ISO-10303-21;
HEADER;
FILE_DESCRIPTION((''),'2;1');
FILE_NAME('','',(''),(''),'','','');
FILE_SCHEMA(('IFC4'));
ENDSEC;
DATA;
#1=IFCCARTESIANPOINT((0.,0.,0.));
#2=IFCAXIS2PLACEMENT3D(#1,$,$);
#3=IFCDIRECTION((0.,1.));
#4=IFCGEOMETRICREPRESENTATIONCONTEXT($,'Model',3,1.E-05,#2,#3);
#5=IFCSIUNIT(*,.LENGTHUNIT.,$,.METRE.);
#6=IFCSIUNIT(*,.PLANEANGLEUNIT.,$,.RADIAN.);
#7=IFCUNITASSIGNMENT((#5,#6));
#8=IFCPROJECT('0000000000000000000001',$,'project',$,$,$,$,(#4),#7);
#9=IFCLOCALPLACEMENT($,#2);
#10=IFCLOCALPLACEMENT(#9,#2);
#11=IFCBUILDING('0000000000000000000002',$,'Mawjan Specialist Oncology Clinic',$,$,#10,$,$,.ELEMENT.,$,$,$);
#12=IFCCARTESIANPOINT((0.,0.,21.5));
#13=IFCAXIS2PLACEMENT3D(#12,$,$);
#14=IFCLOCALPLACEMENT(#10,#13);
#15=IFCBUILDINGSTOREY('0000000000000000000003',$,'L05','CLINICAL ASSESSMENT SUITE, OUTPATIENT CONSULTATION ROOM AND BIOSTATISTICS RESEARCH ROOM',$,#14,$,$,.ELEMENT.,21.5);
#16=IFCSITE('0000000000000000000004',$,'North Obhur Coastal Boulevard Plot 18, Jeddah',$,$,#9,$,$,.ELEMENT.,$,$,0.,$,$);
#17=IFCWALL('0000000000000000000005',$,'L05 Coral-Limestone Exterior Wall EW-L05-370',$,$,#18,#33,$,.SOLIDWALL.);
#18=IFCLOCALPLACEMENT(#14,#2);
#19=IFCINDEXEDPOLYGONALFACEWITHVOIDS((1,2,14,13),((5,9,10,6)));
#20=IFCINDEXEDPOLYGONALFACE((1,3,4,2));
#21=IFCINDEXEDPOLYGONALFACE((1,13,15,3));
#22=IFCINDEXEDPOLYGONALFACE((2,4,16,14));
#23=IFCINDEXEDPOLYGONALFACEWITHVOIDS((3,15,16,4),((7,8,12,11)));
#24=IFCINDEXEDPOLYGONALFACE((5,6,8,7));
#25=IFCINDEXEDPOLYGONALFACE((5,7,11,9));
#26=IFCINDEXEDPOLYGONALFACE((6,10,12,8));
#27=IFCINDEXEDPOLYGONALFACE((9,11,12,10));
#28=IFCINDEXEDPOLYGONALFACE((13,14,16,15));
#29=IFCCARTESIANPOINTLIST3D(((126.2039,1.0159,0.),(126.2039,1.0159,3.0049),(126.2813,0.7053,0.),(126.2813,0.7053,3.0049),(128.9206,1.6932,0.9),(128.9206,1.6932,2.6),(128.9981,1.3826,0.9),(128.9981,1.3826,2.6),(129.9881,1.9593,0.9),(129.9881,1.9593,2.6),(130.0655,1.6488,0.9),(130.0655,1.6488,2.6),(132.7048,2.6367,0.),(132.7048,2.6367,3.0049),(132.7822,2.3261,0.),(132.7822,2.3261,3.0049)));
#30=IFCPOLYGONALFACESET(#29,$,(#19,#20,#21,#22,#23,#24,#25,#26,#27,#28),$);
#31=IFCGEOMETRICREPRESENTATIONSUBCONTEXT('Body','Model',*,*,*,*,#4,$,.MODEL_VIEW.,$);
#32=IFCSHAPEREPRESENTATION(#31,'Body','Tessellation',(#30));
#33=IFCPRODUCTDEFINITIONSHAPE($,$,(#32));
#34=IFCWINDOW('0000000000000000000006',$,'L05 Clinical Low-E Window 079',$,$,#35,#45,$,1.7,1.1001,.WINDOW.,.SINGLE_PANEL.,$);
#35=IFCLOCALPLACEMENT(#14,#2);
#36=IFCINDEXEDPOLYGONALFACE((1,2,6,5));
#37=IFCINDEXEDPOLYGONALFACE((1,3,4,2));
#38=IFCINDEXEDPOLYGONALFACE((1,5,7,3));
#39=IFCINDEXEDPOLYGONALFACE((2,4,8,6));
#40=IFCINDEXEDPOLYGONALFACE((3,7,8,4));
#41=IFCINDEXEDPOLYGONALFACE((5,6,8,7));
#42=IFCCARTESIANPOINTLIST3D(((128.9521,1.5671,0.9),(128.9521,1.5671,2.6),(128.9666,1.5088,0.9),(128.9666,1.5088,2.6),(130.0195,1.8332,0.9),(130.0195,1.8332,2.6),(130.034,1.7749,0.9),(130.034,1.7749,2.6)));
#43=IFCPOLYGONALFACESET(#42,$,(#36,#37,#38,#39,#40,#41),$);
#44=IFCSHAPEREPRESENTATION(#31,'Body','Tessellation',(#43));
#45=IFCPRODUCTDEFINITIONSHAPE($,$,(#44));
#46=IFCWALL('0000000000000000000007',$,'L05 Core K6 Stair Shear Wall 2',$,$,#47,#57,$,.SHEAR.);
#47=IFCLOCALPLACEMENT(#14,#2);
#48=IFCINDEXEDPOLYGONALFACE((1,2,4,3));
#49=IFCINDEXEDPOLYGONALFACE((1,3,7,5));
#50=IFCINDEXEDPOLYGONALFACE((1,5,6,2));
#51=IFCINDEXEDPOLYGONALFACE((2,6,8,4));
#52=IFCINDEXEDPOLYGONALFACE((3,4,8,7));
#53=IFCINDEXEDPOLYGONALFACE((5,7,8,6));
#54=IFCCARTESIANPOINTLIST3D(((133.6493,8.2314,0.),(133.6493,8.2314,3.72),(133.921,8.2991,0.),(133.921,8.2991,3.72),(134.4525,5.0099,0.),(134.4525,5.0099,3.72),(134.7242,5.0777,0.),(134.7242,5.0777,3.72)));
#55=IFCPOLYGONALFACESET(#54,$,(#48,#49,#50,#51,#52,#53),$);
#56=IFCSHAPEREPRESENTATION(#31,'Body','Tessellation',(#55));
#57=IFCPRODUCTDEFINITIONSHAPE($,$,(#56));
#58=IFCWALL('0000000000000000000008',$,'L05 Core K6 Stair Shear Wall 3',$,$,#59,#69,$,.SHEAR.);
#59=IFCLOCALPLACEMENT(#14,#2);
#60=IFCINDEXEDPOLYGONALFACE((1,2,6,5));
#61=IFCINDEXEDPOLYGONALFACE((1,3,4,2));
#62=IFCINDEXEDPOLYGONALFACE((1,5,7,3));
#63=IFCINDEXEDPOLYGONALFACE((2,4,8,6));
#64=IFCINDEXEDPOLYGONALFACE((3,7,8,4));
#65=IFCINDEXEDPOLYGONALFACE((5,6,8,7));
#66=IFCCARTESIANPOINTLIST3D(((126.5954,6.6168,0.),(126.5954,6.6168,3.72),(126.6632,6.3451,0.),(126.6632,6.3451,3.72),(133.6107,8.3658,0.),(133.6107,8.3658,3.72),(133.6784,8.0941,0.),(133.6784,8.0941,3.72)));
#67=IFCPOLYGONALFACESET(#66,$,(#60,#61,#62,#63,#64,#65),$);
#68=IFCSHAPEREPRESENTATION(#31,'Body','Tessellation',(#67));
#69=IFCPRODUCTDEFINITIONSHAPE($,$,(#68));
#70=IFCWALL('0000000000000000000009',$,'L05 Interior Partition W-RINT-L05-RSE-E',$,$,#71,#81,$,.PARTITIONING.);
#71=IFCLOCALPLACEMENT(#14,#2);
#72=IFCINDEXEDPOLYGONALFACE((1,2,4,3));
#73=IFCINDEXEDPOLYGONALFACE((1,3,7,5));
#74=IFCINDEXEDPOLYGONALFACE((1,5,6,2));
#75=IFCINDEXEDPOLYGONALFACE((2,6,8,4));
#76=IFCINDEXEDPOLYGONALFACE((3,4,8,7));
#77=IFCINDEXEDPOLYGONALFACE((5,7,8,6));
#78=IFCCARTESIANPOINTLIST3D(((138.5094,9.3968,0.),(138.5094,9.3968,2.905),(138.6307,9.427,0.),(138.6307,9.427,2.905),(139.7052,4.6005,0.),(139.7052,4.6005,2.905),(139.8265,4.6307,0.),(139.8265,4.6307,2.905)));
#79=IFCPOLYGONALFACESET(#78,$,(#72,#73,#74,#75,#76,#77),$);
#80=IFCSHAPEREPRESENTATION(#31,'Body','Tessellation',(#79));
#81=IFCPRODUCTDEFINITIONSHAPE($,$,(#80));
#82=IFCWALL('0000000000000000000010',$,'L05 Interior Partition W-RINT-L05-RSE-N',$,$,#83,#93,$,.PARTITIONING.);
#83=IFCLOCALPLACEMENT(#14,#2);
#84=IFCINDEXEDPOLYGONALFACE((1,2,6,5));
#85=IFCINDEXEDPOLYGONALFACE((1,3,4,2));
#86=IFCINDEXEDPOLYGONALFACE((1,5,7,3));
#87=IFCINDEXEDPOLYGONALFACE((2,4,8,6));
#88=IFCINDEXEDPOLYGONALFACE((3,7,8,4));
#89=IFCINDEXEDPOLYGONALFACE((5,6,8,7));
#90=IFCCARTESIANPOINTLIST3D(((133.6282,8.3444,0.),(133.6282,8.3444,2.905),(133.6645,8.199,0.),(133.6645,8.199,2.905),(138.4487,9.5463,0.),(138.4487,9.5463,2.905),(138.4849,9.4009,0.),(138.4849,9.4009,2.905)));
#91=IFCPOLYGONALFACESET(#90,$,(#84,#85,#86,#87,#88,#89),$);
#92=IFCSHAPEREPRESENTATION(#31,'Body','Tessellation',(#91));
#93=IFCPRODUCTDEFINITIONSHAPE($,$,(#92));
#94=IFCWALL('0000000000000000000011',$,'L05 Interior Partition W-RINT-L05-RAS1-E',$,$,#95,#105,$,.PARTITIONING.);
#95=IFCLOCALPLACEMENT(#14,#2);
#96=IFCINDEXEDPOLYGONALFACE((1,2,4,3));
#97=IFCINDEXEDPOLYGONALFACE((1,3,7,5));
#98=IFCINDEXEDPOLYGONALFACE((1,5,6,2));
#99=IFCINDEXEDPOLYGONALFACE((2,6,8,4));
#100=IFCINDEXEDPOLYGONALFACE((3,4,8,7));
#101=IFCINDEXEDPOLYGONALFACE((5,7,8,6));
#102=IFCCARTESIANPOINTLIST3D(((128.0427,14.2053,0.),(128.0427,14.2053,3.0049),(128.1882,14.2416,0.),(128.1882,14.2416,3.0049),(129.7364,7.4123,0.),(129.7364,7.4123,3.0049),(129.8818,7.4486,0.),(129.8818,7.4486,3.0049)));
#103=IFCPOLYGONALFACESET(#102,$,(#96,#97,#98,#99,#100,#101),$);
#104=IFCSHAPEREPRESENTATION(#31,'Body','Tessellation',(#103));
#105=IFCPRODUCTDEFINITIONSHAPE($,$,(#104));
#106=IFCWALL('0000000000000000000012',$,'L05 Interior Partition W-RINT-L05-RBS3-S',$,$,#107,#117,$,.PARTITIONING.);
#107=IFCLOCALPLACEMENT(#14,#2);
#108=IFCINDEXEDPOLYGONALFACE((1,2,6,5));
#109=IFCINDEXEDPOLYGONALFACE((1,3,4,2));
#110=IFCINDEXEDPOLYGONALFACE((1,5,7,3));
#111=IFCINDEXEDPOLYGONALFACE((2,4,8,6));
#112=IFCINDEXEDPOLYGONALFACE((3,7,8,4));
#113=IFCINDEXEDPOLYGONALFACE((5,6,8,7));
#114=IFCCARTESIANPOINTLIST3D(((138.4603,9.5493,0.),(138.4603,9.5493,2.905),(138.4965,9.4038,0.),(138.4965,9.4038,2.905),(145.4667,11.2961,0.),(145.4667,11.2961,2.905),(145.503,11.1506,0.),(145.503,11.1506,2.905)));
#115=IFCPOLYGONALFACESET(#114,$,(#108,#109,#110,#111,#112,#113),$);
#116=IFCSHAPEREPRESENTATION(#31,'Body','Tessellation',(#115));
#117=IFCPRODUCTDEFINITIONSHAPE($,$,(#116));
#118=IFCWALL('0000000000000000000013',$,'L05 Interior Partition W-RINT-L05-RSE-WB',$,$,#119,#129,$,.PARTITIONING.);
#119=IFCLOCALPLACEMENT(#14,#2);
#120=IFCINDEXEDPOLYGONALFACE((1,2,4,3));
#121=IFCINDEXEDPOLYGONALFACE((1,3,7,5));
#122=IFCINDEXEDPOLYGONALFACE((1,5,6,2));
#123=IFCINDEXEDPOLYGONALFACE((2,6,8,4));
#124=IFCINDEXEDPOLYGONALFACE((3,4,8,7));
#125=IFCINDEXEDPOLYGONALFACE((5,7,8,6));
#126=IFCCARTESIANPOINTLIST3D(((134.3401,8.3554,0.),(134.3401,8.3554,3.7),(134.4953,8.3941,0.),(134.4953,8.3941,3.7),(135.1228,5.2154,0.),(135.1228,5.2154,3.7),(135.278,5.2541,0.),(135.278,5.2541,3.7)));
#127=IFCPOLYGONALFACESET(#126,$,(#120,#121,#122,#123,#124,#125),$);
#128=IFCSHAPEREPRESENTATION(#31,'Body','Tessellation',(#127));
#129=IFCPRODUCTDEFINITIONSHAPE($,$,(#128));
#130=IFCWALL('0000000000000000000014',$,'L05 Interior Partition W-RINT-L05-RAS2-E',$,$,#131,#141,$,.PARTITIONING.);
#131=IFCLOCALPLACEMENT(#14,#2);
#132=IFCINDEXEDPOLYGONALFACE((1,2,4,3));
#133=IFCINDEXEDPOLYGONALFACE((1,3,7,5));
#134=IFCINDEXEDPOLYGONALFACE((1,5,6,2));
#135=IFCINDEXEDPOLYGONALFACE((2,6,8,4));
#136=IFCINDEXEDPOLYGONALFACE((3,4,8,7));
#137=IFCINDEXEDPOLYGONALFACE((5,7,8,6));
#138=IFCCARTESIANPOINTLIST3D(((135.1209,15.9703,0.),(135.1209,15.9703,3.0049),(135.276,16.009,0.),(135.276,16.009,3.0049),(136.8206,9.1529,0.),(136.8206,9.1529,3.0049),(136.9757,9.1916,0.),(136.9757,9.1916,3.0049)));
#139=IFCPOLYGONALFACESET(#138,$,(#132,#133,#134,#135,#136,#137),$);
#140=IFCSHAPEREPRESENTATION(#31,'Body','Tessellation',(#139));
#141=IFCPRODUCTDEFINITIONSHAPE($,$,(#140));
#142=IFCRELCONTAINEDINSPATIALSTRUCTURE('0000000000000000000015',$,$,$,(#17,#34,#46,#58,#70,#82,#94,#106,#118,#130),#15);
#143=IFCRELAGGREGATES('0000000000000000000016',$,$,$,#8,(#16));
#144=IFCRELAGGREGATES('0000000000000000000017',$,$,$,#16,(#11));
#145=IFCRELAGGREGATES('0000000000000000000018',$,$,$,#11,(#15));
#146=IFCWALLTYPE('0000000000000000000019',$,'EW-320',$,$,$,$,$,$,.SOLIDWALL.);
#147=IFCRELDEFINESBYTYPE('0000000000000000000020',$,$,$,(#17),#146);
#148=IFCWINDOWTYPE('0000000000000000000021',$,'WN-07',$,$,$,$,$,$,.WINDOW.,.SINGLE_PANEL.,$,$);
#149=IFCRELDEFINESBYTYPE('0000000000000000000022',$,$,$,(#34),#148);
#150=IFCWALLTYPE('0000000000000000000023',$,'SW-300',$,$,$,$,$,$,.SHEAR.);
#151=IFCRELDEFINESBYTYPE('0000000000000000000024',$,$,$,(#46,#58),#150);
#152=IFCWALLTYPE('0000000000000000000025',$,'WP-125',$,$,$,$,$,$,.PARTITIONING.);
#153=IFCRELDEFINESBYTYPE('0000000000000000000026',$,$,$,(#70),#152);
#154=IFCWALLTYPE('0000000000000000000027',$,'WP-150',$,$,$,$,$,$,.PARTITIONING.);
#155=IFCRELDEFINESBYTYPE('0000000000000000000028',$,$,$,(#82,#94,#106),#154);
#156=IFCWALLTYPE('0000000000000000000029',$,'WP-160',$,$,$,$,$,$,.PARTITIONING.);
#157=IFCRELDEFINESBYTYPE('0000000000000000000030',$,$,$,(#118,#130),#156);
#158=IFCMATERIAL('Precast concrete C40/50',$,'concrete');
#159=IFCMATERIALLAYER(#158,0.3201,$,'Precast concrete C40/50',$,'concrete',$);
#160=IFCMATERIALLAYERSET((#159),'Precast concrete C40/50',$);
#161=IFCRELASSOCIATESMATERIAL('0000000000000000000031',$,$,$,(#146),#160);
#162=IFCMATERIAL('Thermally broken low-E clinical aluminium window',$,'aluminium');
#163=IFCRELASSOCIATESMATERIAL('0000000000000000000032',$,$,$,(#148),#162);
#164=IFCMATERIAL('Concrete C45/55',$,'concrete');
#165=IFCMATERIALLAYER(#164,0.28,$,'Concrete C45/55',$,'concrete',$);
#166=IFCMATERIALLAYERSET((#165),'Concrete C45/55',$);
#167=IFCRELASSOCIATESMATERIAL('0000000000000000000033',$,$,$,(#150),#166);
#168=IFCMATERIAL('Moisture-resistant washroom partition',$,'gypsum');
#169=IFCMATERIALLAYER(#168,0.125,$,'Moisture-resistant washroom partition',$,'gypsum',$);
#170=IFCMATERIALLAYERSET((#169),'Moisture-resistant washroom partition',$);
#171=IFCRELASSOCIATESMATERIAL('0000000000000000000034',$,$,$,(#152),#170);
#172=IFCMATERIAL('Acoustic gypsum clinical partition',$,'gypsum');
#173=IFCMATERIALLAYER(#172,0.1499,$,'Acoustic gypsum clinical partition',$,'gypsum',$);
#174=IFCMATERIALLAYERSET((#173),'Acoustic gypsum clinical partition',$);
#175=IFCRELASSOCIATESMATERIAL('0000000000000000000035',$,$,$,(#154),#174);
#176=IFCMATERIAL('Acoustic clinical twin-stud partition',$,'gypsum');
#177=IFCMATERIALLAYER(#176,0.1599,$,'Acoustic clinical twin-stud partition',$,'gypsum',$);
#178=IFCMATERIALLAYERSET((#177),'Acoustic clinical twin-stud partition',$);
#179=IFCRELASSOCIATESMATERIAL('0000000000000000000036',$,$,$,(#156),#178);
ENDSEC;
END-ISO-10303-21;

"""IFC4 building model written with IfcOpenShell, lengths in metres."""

from ifc_helpers import new_model, si_unit, direction, frame, frame_2d, origin, place, context, subcontext, project, spatial, rectangle, extrude, material, layer, layer_set, type_object, element, fill, save


model = new_model("IFC4")

# Units and contexts
model_context = context("Model", 3, precision=1e-05, world=origin(), true_north=direction((0.0, 1.0)))
body_context = subcontext(model_context, "Body", "Model", "MODEL_VIEW")
ifc_project = project(units=[si_unit("LENGTHUNIT", "METRE"), si_unit("PLANEANGLEUNIT", "RADIAN")], contexts=[model_context])

# Site, building, storey
site_placement = place(None, origin())
site = spatial("IfcSite", under=ifc_project, at=site_placement, Name="North Obhur Coastal Boulevard Plot 18, Jeddah", CompositionType="ELEMENT", RefElevation=0.0)
building_placement = place(site_placement, origin())
building = spatial("IfcBuilding", under=site, at=building_placement, Name="Mawjan Specialist Oncology Clinic", CompositionType="ELEMENT")
storey_placement = place(building_placement, frame((0.0, 0.0, 21.5)))
storey = spatial("IfcBuildingStorey", under=building, at=storey_placement, Name="L05", Description="CLINICAL ASSESSMENT SUITE, OUTPATIENT CONSULTATION ROOM AND BIOSTATISTICS RESEARCH ROOM", CompositionType="ELEMENT", Elevation=21.5)

# Shared definitions
ifc_material_1 = material(Name="Precast concrete C40/50", Category="concrete")
ifc_layer_1 = layer(ifc_material_1, 0.3201, Name="Precast concrete C40/50", Category="concrete")
ifc_layer_set_1 = layer_set([ifc_layer_1], Name="Precast concrete C40/50")
wall_type_1 = type_object("IfcWallType", Name="EW-320", PredefinedType="SOLIDWALL", material=ifc_layer_set_1)

# Wall, opening, window
wall_1_placement = place(storey_placement, frame((132.7437, 2.4814, 0.0), z_axis=(0.0, 0.0, 1.0), x_axis=(-0.970297, -0.241918, 0.0)))
wall_1 = element("IfcWall", 1, at=wall_1_placement, inside=storey, type_object=wall_type_1, Name="L05 Coral-Limestone Exterior Wall EW-L05-370", PredefinedType="SOLIDWALL", context=body_context, shape_type="SweptSolid", body=[
    extrude(rectangle(XDim=6.7, YDim=0.3201, at=frame_2d((3.3501, 0.0))), origin(), (0.0, 0.0, 1.0), 3.0049),
])
opening_1_placement = place(wall_1_placement, frame((2.8, 0.0, 0.8999)))
opening_1 = element("IfcOpeningElement", 2, at=opening_1_placement, cuts=wall_1, PredefinedType="OPENING", context=body_context, shape_type="SweptSolid", body=[
    extrude(rectangle(XDim=1.1001, YDim=1.7, at=frame_2d((0.55, 0.8501))), frame((0.0, 0.1721, 0.0), z_axis=(0.0, -1.0, 0.0), x_axis=(1.0, 0.0, 0.0)), (0.0, 0.0, 1.0), 0.344),
])
ifc_material_2 = material(Name="Thermally broken low-E clinical aluminium window", Category="aluminium")
window_type = type_object("IfcWindowType", Name="WN-07", PartitioningType="SINGLE_PANEL", PredefinedType="WINDOW", material=ifc_material_2)
window_placement = place(opening_1_placement, origin())
window = element("IfcWindow", 3, at=window_placement, inside=storey, type_object=window_type, Name="L05 Clinical Low-E Window 079", OverallHeight=1.7, OverallWidth=1.1001, PartitioningType="SINGLE_PANEL", PredefinedType="WINDOW", context=body_context, shape_type="SweptSolid", body=[
    extrude(rectangle(XDim=1.1001, YDim=1.7, at=frame_2d((0.55, 0.8501))), frame((0.0, 0.03, 0.0), z_axis=(0.0, -1.0, 0.0), x_axis=(1.0, 0.0, 0.0)), (0.0, 0.0, 1.0), 0.0601),
])
fill(opening_1, window)

# Walls
ifc_material_3 = material(Name="Concrete C45/55", Category="concrete")
ifc_layer_2 = layer(ifc_material_3, 0.28, Name="Concrete C45/55", Category="concrete")
ifc_layer_set_2 = layer_set([ifc_layer_2], Name="Concrete C45/55")
wall_type_2 = type_object("IfcWallType", Name="SW-300", PredefinedType="SHEAR", material=ifc_layer_set_2)
wall_2_placement = place(storey_placement, frame((134.5884, 5.0437, 0.0), z_axis=(0.0, 0.0, 1.0), x_axis=(-0.24193, 0.970294, 0.0)))
element("IfcWall", 4, at=wall_2_placement, inside=storey, type_object=wall_type_2, Name="L05 Core K6 Stair Shear Wall 2", PredefinedType="SHEAR", context=body_context, shape_type="SweptSolid", body=[
    extrude(rectangle(XDim=3.3201, YDim=0.28, at=frame_2d((1.6602, 0.0))), origin(), (0.0, 0.0, 1.0), 3.72),
])
wall_3_placement = place(storey_placement, frame((133.6445, 8.23, 0.0), z_axis=(0.0, 0.0, 1.0), x_axis=(-0.970297, -0.241916, 0.0)))
element("IfcWall", 5, at=wall_3_placement, inside=storey, type_object=wall_type_2, Name="L05 Core K6 Stair Shear Wall 3", PredefinedType="SHEAR", context=body_context, shape_type="SweptSolid", body=[
    extrude(rectangle(XDim=7.23, YDim=0.28, at=frame_2d((3.615, 0.0))), origin(), (0.0, 0.0, 1.0), 3.72),
])
ifc_material_4 = material(Name="Moisture-resistant washroom partition", Category="gypsum")
ifc_layer_3 = layer(ifc_material_4, 0.125, Name="Moisture-resistant washroom partition", Category="gypsum")
ifc_layer_set_3 = layer_set([ifc_layer_3], Name="Moisture-resistant washroom partition")
wall_type_3 = type_object("IfcWallType", Name="WP-125", PredefinedType="PARTITIONING", material=ifc_layer_set_3)
wall_4_placement = place(storey_placement, frame((139.7659, 4.6155, 0.0), z_axis=(0.0, 0.0, 1.0), x_axis=(-0.241908, 0.970299, 0.0)))
element("IfcWall", 6, at=wall_4_placement, inside=storey, type_object=wall_type_3, Name="L05 Interior Partition W-RINT-L05-RSE-E", PredefinedType="PARTITIONING", context=body_context, shape_type="SweptSolid", body=[
    extrude(rectangle(XDim=4.9431, YDim=0.125, at=frame_2d((2.4717, 0.0))), origin(), (0.0, 0.0, 1.0), 2.905),
])

# Shared definitions
ifc_material_5 = material(Name="Acoustic gypsum clinical partition", Category="gypsum")
ifc_layer_4 = layer(ifc_material_5, 0.1499, Name="Acoustic gypsum clinical partition", Category="gypsum")
ifc_layer_set_4 = layer_set([ifc_layer_4], Name="Acoustic gypsum clinical partition")
wall_type_4 = type_object("IfcWallType", Name="WP-150", PredefinedType="PARTITIONING", material=ifc_layer_set_4)

# Walls
wall_5_placement = place(storey_placement, frame((133.6465, 8.2717, 0.0), z_axis=(0.0, 0.0, 1.0), x_axis=(0.970296, 0.241923, 0.0)))
element("IfcWall", 7, at=wall_5_placement, inside=storey, type_object=wall_type_4, Name="L05 Interior Partition W-RINT-L05-RSE-N", PredefinedType="PARTITIONING", context=body_context, shape_type="SweptSolid", body=[
    extrude(rectangle(XDim=4.968, YDim=0.1499, at=frame_2d((2.4839, 0.0))), origin(), (0.0, 0.0, 1.0), 2.905),
])
wall_6_placement = place(storey_placement, frame((129.8091, 7.4304, 0.0), z_axis=(0.0, 0.0, 1.0), x_axis=(-0.241912, 0.970298, 0.0)))
element("IfcWall", 8, at=wall_6_placement, inside=storey, type_object=wall_type_4, Name="L05 Interior Partition W-RINT-L05-RAS1-E", PredefinedType="PARTITIONING", context=body_context, shape_type="SweptSolid", body=[
    extrude(rectangle(XDim=7.001, YDim=0.1499, at=frame_2d((3.5005, 0.0))), origin(), (0.0, 0.0, 1.0), 3.0049),
])
wall_7_placement = place(storey_placement, frame((138.4785, 9.4766, 0.0), z_axis=(0.0, 0.0, 1.0), x_axis=(0.970299, 0.241907, 0.0)))
element("IfcWall", 9, at=wall_7_placement, inside=storey, type_object=wall_type_4, Name="L05 Interior Partition W-RINT-L05-RBS3-S", PredefinedType="PARTITIONING", context=body_context, shape_type="SweptSolid", body=[
    extrude(rectangle(XDim=7.2209, YDim=0.1499, at=frame_2d((3.6104, 0.0))), origin(), (0.0, 0.0, 1.0), 2.905),
])
ifc_material_6 = material(Name="Acoustic clinical twin-stud partition", Category="gypsum")
ifc_layer_5 = layer(ifc_material_6, 0.1599, Name="Acoustic clinical twin-stud partition", Category="gypsum")
ifc_layer_set_5 = layer_set([ifc_layer_5], Name="Acoustic clinical twin-stud partition")
wall_type_5 = type_object("IfcWallType", Name="WP-160", PredefinedType="PARTITIONING", material=ifc_layer_set_5)
wall_8_placement = place(storey_placement, frame((135.2004, 5.2346, 0.0), z_axis=(0.0, 0.0, 1.0), x_axis=(-0.241879, 0.970306, 0.0)))
element("IfcWall", 10, at=wall_8_placement, inside=storey, type_object=wall_type_5, Name="L05 Interior Partition W-RINT-L05-RSE-WB", PredefinedType="PARTITIONING", context=body_context, shape_type="SweptSolid", body=[
    extrude(rectangle(XDim=3.2361, YDim=0.1599, at=frame_2d((1.6182, 0.0))), origin(), (0.0, 0.0, 1.0), 3.7),
])
wall_9_placement = place(storey_placement, frame((136.8982, 9.1721, 0.0), z_axis=(0.0, 0.0, 1.0), x_axis=(-0.241914, 0.970298, 0.0)))
element("IfcWall", 11, at=wall_9_placement, inside=storey, type_object=wall_type_5, Name="L05 Interior Partition W-RINT-L05-RAS2-E", PredefinedType="PARTITIONING", context=body_context, shape_type="SweptSolid", body=[
    extrude(rectangle(XDim=7.0261, YDim=0.1599, at=frame_2d((3.5132, 0.0))), origin(), (0.0, 0.0, 1.0), 3.0049),
])

save(model, "model.ifc")
